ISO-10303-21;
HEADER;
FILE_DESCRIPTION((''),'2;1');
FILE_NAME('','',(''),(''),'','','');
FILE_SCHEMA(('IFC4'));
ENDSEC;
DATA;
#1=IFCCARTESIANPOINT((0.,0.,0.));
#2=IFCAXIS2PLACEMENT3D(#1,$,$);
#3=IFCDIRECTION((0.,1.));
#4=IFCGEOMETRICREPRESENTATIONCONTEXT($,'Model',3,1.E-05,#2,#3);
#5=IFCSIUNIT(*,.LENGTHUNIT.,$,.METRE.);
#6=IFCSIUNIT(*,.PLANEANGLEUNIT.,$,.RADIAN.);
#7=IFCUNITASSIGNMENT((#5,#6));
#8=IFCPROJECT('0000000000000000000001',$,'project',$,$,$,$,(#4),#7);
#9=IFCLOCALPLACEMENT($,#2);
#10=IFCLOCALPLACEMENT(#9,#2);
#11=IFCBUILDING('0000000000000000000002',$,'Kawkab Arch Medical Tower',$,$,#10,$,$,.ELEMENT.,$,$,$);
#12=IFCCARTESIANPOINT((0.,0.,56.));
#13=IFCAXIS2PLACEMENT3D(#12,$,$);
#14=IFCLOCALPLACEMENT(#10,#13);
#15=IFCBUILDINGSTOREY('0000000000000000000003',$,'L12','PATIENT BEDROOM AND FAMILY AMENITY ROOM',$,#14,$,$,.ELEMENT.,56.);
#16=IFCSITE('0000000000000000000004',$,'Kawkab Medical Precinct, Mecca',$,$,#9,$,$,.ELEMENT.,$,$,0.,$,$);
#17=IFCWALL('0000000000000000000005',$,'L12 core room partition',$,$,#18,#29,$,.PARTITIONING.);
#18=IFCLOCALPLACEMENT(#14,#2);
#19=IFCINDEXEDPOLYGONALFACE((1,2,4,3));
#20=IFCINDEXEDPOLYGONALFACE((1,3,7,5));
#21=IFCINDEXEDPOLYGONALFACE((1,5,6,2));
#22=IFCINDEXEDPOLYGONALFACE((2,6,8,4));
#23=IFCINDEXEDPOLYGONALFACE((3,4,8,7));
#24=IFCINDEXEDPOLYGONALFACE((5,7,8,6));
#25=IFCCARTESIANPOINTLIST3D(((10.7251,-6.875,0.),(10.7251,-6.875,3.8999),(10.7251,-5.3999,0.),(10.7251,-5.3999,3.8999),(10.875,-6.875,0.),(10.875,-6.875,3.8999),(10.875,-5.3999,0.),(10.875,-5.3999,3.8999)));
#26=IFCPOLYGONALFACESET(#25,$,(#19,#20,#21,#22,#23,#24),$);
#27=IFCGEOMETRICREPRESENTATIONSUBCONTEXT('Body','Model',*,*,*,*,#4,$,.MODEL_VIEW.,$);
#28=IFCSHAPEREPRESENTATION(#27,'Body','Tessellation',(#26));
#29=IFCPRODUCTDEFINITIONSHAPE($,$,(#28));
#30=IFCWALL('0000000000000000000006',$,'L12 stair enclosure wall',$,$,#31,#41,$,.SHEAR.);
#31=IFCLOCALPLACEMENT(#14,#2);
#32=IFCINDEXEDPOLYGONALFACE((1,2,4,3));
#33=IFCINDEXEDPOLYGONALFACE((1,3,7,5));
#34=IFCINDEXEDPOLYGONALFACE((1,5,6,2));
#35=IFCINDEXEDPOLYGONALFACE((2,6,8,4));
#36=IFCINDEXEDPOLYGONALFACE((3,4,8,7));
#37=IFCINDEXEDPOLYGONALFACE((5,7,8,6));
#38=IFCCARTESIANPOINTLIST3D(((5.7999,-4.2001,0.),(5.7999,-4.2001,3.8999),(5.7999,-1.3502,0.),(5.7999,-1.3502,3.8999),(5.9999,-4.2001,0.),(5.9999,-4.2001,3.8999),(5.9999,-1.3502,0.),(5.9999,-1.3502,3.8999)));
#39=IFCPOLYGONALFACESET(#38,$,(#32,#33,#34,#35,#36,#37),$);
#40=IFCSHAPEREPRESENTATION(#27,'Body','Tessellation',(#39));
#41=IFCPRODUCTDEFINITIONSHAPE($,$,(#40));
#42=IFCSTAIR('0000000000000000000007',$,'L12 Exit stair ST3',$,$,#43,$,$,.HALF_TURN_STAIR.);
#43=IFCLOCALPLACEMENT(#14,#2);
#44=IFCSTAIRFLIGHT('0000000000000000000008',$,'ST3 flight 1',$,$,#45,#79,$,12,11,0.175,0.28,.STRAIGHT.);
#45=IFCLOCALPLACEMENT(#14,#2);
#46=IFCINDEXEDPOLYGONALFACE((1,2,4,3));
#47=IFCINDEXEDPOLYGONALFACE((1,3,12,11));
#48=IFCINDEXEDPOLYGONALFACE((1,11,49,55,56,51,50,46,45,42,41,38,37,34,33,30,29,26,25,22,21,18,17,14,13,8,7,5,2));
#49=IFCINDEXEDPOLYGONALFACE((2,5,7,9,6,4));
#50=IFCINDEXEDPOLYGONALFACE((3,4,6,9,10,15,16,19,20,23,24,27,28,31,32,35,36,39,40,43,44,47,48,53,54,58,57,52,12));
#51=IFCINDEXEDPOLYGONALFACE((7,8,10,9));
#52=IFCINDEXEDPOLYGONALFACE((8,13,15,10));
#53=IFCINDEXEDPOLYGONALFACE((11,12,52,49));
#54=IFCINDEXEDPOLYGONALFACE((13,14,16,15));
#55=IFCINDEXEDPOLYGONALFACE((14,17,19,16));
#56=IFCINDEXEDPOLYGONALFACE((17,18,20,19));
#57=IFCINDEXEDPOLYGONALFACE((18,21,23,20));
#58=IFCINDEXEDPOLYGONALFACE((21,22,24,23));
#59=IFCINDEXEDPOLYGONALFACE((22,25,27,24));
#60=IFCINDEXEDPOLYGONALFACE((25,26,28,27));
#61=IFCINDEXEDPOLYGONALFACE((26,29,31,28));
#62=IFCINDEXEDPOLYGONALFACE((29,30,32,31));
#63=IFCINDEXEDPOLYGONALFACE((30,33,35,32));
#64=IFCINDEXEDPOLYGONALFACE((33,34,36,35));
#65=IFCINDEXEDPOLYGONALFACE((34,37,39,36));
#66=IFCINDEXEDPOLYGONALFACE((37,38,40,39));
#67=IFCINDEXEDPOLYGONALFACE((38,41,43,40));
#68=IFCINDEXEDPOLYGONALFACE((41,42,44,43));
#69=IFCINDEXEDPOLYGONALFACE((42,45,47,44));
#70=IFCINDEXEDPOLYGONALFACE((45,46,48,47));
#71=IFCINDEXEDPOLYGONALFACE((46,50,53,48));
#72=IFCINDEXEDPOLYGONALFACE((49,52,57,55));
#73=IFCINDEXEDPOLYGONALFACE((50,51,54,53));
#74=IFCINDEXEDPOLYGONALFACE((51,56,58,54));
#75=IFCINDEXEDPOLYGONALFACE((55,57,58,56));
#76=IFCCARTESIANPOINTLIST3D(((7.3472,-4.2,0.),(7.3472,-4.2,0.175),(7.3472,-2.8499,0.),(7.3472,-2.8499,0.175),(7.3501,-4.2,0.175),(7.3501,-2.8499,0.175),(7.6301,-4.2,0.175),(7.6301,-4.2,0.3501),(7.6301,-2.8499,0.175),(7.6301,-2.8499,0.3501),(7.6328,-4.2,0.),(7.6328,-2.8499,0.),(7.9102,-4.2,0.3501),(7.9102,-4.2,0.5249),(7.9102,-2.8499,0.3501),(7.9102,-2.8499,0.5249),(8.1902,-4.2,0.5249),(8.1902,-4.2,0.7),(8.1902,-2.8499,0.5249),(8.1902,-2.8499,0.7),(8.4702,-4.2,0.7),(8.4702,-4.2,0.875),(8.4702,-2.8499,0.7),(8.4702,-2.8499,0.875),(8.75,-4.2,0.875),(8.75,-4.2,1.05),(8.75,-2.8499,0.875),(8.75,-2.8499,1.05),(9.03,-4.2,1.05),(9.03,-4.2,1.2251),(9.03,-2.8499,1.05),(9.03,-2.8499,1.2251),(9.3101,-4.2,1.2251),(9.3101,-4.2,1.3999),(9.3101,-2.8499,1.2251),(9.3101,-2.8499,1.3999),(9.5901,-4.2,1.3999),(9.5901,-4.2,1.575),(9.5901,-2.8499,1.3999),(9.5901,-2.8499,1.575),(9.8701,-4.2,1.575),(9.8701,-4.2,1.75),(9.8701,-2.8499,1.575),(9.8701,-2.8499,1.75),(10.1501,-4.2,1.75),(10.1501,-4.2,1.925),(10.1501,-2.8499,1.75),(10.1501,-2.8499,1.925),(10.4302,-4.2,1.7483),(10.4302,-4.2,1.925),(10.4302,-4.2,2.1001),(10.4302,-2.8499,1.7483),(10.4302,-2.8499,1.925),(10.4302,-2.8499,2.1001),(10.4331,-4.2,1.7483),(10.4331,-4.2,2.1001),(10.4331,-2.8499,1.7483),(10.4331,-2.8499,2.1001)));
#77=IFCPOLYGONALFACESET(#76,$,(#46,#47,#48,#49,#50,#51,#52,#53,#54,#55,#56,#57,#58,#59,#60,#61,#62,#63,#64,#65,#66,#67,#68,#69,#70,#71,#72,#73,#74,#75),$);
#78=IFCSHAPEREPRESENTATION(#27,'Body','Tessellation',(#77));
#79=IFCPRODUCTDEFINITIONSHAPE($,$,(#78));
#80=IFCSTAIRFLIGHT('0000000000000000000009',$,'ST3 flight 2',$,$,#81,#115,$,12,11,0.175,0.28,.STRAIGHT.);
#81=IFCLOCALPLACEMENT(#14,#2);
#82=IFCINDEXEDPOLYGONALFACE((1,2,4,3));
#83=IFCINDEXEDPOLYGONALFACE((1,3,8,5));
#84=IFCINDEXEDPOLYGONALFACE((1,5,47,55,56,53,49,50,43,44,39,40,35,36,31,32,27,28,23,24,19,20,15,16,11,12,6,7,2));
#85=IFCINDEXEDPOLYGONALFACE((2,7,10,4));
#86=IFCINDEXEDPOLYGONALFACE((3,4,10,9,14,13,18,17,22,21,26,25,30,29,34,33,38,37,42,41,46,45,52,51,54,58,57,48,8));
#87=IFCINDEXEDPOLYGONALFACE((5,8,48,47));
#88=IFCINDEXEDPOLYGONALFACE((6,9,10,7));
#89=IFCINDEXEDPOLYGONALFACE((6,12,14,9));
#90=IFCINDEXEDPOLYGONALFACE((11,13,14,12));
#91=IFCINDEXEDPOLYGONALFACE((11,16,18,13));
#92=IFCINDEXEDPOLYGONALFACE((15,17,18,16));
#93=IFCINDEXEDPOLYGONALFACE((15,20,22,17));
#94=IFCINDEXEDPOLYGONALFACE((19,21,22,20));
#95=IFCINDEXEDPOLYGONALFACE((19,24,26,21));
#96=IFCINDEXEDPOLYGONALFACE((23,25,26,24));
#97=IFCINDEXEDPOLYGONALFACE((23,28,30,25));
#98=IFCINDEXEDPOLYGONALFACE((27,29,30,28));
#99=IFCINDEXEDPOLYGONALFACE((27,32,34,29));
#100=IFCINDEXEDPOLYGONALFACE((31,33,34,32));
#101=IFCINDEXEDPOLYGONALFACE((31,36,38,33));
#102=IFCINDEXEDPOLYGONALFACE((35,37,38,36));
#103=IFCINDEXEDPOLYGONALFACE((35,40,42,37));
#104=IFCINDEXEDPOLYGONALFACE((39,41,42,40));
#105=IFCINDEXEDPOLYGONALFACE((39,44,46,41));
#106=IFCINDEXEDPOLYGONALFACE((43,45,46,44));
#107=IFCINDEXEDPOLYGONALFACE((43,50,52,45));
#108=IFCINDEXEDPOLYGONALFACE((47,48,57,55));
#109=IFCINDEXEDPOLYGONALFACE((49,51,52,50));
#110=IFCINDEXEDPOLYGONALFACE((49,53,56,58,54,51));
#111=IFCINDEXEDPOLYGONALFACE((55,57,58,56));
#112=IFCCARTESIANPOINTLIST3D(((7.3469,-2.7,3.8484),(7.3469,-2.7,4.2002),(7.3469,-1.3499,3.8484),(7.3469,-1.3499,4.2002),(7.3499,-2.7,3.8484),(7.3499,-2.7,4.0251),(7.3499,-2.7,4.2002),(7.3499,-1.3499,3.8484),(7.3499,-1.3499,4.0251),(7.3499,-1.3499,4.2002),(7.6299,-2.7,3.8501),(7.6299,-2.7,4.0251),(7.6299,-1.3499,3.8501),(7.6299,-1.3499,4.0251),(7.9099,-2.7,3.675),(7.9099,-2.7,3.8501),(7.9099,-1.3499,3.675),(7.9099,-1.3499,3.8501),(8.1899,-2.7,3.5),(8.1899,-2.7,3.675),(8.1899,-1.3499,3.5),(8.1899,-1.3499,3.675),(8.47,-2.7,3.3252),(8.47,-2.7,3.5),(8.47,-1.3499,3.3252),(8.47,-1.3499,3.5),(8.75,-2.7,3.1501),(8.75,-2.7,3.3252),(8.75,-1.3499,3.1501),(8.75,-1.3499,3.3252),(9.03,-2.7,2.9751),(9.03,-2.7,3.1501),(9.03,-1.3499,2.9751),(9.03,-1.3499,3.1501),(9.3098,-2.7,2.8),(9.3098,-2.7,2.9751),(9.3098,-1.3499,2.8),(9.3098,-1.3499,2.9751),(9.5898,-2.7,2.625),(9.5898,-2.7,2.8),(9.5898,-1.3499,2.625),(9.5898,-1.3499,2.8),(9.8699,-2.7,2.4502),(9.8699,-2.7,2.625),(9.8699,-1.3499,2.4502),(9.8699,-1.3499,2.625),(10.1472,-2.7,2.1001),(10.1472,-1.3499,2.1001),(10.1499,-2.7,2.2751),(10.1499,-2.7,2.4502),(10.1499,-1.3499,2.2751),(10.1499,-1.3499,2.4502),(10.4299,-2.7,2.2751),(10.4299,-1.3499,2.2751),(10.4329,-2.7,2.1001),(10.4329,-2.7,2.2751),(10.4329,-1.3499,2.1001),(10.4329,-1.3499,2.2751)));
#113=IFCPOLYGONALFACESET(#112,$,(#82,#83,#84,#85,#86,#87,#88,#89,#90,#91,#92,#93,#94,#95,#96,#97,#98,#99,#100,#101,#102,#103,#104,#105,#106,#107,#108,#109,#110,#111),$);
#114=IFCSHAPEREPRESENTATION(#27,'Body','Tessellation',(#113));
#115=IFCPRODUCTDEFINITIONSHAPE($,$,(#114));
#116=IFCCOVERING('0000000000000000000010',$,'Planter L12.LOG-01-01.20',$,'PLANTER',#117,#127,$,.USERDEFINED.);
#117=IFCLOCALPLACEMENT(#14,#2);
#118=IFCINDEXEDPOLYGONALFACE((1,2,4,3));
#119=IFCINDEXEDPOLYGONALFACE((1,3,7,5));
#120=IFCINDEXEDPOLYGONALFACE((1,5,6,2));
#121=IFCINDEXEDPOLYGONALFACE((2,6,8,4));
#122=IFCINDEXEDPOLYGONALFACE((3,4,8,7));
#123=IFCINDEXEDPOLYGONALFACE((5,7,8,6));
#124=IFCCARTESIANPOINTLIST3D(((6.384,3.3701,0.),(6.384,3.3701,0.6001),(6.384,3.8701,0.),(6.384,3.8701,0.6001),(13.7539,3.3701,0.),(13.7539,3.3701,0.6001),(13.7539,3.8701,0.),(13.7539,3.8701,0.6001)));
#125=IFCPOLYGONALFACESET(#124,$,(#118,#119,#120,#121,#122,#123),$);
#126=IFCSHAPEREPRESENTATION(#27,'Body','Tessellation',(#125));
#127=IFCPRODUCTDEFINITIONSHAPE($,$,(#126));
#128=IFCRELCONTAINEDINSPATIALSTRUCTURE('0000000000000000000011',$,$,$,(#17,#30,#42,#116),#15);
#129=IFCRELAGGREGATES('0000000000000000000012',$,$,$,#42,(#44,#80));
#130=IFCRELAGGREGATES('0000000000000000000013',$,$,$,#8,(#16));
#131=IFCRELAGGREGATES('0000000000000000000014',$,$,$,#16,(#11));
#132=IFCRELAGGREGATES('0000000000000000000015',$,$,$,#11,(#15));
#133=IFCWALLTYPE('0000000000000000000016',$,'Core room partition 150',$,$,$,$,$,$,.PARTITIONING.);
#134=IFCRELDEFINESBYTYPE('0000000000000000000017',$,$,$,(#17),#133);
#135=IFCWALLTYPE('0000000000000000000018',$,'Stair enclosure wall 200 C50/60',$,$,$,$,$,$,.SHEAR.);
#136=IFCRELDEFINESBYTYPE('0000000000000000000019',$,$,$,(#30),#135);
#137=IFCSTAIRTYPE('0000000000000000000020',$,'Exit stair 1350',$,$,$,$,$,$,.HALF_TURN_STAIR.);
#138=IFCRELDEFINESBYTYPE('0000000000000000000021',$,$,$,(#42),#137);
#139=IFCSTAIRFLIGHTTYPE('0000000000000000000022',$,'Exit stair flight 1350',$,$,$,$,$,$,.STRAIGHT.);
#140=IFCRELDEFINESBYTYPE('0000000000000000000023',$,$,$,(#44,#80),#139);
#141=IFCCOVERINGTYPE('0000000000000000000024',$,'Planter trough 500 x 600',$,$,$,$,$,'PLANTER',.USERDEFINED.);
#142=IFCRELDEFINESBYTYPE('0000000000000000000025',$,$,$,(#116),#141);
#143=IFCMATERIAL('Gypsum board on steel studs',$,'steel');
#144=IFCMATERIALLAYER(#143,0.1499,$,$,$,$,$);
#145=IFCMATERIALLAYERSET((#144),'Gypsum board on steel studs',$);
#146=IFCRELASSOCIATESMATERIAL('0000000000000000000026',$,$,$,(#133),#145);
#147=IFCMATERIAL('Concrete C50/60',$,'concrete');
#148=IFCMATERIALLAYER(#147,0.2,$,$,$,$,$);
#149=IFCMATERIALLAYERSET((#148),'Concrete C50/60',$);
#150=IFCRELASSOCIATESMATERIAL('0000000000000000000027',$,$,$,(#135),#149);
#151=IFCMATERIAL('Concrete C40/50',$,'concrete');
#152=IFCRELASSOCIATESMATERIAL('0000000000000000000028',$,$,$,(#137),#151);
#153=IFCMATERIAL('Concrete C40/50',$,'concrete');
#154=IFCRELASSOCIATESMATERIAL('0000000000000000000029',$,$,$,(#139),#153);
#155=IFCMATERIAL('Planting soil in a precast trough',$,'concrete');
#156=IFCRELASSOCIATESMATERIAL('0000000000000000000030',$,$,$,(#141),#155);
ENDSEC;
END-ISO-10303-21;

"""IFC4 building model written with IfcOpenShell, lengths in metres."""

from ifc_helpers import new_model, si_unit, direction, frame, frame_2d, origin, origin_2d, place, context, subcontext, project, spatial, polyline, rectangle, outline, extrude, material, layer, layer_set, material_profile, profile_set, type_object, element, aggregate, save


model = new_model("IFC4")

# Units and contexts
model_context = context("Model", 3, precision=1e-05, world=origin(), true_north=direction((0.0, 1.0)))
body_context = subcontext(model_context, "Body", "Model", "MODEL_VIEW")
ifc_project = project(units=[si_unit("LENGTHUNIT", "METRE"), si_unit("PLANEANGLEUNIT", "RADIAN")], contexts=[model_context])

# Site, building, storey
site_placement = place(None, origin())
site = spatial("IfcSite", under=ifc_project, at=site_placement, Name="Kawkab Medical Precinct, Mecca", CompositionType="ELEMENT", RefElevation=0.0)
building_placement = place(site_placement, origin())
building = spatial("IfcBuilding", under=site, at=building_placement, Name="Kawkab Arch Medical Tower", CompositionType="ELEMENT")
storey_placement = place(building_placement, frame((0.0, 0.0, 56.0)))
storey = spatial("IfcBuildingStorey", under=building, at=storey_placement, Name="L12", Description="PATIENT BEDROOM AND FAMILY AMENITY ROOM", CompositionType="ELEMENT", Elevation=56.0)

# Shared definitions
placement = place(storey_placement, origin())

# Shared definitions
ifc_material_1 = material(Name="Gypsum board on steel studs", Category="steel")
ifc_layer_1 = layer(ifc_material_1, 0.1499)
ifc_layer_set_1 = layer_set([ifc_layer_1], Name="Gypsum board on steel studs")
wall_type_1 = type_object("IfcWallType", Name="Core room partition 150", PredefinedType="PARTITIONING", material=ifc_layer_set_1)

# Walls
for number, where, z_axis, x_axis, name in (
    (1, (10.8, -6.875, 0.0), (0.0, 0.0, 1.0), (0.0, 1.0, 0.0), "L12 core room partition"),
):
    element("IfcWall", number, at=place(storey_placement, frame(where, z_axis=z_axis, x_axis=x_axis)), inside=storey, type_object=wall_type_1, Name=name, PredefinedType="PARTITIONING", context=body_context, shape_type="SweptSolid", body=[
        extrude(rectangle(XDim=1.4751, YDim=0.1499, at=frame_2d((0.7375, 0.0))), origin(), (0.0, 0.0, 1.0), 3.8999),
    ])
ifc_material_2 = material(Name="Concrete C50/60", Category="concrete")
ifc_layer_2 = layer(ifc_material_2, 0.2)
ifc_layer_set_2 = layer_set([ifc_layer_2], Name="Concrete C50/60")
wall_type_2 = type_object("IfcWallType", Name="Stair enclosure wall 200 C50/60", PredefinedType="SHEAR", material=ifc_layer_set_2)
wall_1_placement = place(storey_placement, frame((5.8999, -4.2, 0.0), z_axis=(0.0, 0.0, 1.0), x_axis=(0.0, 1.0, 0.0)))
element("IfcWall", 2, at=wall_1_placement, inside=storey, type_object=wall_type_2, Name="L12 stair enclosure wall", PredefinedType="SHEAR", context=body_context, shape_type="SweptSolid", body=[
    extrude(rectangle(XDim=2.8499, YDim=0.2, at=frame_2d((1.4248, 0.0))), origin(), (0.0, 0.0, 1.0), 3.8999),
])

# Stair, stair flights
ifc_material_3 = material(Name="Concrete C40/50", Category="concrete")
stair_type = type_object("IfcStairType", Name="Exit stair 1350", PredefinedType="HALF_TURN_STAIR", material=ifc_material_3)
stair = element("IfcStair", 3, at=placement, inside=storey, type_object=stair_type, Name="L12 Exit stair ST3", PredefinedType="HALF_TURN_STAIR")
ifc_material_4 = material(Name="Concrete C40/50", Category="concrete")
stair_flight_type = type_object("IfcStairFlightType", Name="Exit stair flight 1350", PredefinedType="STRAIGHT", material=ifc_material_4)
stair_flight_1_placement = place(storey_placement, frame((7.3501, -3.5249, 0.0), z_axis=(0.0, 0.0, 1.0), x_axis=(1.0, 0.0, 0.0)))
stair_flight_1 = element("IfcStairFlight", 4, at=stair_flight_1_placement, type_object=stair_flight_type, Name="ST3 flight 1", NumberOfRisers=12, NumberOfTreads=11, PredefinedType="STRAIGHT", RiserHeight=0.175, TreadLength=0.28, context=body_context, shape_type="SweptSolid", body=[
    extrude(outline(polyline([(-0.0029, 0.0), (-0.0029, 0.175), (0.0, 0.175), (0.28, 0.175), (0.28, 0.3501), (0.5601, 0.3501), (0.5601, 0.5249), (0.8401, 0.5249), (0.8401, 0.7), (1.1201, 0.7), (1.1201, 0.875), (1.3999, 0.875), (1.3999, 1.05), (1.6799, 1.05), (1.6799, 1.2251), (1.96, 1.2251), (1.96, 1.3999), (2.24, 1.3999), (2.24, 1.575), (2.52, 1.575), (2.52, 1.75), (2.8, 1.75), (2.8, 1.925), (3.0801, 1.925), (3.0801, 2.1001), (3.083, 2.1001), (3.083, 1.7483), (3.0801, 1.7483), (0.2827, 0.0), (-0.0029, 0.0)])), frame((0.0, 0.675, 0.0), z_axis=(0.0, -1.0, 0.0), x_axis=(1.0, 0.0, 0.0)), (0.0, 0.0, 1.0), 1.3501),
])
stair_flight_2_placement = place(storey_placement, frame((10.4299, -2.0249, 2.1001), z_axis=(0.0, 0.0, 1.0), x_axis=(-1.0, 0.0, 0.0)))
stair_flight_2 = element("IfcStairFlight", 5, at=stair_flight_2_placement, type_object=stair_flight_type, Name="ST3 flight 2", NumberOfRisers=12, NumberOfTreads=11, PredefinedType="STRAIGHT", RiserHeight=0.175, TreadLength=0.28, context=body_context, shape_type="SweptSolid", body=[
    extrude(outline(polyline([(-0.0029, 0.0), (-0.0029, 0.175), (0.0, 0.175), (0.28, 0.175), (0.28, 0.3501), (0.5601, 0.3501), (0.5601, 0.5249), (0.8401, 0.5249), (0.8401, 0.7), (1.1201, 0.7), (1.1201, 0.875), (1.3999, 0.875), (1.3999, 1.05), (1.6799, 1.05), (1.6799, 1.2251), (1.96, 1.2251), (1.96, 1.3999), (2.24, 1.3999), (2.24, 1.575), (2.52, 1.575), (2.52, 1.75), (2.8, 1.75), (2.8, 1.925), (3.0801, 1.925), (3.0801, 2.1001), (3.083, 2.1001), (3.083, 1.7483), (3.0801, 1.7483), (0.2827, 0.0), (-0.0029, 0.0)])), frame((0.0, 0.675, 0.0), z_axis=(0.0, -1.0, 0.0), x_axis=(1.0, 0.0, 0.0)), (0.0, 0.0, 1.0), 1.3501),
])
aggregate(stair, [stair_flight_1, stair_flight_2])

# Covering
ifc_material_5 = material(Name="Planting soil in a precast trough", Category="concrete")
ifc_material_profile_1 = material_profile(ifc_material_5, rectangle(XDim=0.5, YDim=0.6001, at=origin_2d()), Name="Trough 500x600")
ifc_profile_set_1 = profile_set([ifc_material_profile_1], Name="Planting soil in a precast trough")
covering_type = type_object("IfcCoveringType", Name="Planter trough 500 x 600", ElementType="PLANTER", PredefinedType="USERDEFINED", material=ifc_profile_set_1)
covering_placement = place(storey_placement, frame((6.384, 3.6201, 0.3), z_axis=(1.0, 0.0, 0.0), x_axis=(0.0, 1.0, 0.0)))
element("IfcCovering", 6, at=covering_placement, inside=storey, type_object=covering_type, Name="Planter L12.LOG-01-01.20", ObjectType="PLANTER", PredefinedType="USERDEFINED", context=body_context, shape_type="SweptSolid", body=[
    extrude(rectangle(XDim=0.5, YDim=0.6001, at=origin_2d()), origin(), (0.0, 0.0, 1.0), 7.3699),
])

save(model, "model.ifc")
